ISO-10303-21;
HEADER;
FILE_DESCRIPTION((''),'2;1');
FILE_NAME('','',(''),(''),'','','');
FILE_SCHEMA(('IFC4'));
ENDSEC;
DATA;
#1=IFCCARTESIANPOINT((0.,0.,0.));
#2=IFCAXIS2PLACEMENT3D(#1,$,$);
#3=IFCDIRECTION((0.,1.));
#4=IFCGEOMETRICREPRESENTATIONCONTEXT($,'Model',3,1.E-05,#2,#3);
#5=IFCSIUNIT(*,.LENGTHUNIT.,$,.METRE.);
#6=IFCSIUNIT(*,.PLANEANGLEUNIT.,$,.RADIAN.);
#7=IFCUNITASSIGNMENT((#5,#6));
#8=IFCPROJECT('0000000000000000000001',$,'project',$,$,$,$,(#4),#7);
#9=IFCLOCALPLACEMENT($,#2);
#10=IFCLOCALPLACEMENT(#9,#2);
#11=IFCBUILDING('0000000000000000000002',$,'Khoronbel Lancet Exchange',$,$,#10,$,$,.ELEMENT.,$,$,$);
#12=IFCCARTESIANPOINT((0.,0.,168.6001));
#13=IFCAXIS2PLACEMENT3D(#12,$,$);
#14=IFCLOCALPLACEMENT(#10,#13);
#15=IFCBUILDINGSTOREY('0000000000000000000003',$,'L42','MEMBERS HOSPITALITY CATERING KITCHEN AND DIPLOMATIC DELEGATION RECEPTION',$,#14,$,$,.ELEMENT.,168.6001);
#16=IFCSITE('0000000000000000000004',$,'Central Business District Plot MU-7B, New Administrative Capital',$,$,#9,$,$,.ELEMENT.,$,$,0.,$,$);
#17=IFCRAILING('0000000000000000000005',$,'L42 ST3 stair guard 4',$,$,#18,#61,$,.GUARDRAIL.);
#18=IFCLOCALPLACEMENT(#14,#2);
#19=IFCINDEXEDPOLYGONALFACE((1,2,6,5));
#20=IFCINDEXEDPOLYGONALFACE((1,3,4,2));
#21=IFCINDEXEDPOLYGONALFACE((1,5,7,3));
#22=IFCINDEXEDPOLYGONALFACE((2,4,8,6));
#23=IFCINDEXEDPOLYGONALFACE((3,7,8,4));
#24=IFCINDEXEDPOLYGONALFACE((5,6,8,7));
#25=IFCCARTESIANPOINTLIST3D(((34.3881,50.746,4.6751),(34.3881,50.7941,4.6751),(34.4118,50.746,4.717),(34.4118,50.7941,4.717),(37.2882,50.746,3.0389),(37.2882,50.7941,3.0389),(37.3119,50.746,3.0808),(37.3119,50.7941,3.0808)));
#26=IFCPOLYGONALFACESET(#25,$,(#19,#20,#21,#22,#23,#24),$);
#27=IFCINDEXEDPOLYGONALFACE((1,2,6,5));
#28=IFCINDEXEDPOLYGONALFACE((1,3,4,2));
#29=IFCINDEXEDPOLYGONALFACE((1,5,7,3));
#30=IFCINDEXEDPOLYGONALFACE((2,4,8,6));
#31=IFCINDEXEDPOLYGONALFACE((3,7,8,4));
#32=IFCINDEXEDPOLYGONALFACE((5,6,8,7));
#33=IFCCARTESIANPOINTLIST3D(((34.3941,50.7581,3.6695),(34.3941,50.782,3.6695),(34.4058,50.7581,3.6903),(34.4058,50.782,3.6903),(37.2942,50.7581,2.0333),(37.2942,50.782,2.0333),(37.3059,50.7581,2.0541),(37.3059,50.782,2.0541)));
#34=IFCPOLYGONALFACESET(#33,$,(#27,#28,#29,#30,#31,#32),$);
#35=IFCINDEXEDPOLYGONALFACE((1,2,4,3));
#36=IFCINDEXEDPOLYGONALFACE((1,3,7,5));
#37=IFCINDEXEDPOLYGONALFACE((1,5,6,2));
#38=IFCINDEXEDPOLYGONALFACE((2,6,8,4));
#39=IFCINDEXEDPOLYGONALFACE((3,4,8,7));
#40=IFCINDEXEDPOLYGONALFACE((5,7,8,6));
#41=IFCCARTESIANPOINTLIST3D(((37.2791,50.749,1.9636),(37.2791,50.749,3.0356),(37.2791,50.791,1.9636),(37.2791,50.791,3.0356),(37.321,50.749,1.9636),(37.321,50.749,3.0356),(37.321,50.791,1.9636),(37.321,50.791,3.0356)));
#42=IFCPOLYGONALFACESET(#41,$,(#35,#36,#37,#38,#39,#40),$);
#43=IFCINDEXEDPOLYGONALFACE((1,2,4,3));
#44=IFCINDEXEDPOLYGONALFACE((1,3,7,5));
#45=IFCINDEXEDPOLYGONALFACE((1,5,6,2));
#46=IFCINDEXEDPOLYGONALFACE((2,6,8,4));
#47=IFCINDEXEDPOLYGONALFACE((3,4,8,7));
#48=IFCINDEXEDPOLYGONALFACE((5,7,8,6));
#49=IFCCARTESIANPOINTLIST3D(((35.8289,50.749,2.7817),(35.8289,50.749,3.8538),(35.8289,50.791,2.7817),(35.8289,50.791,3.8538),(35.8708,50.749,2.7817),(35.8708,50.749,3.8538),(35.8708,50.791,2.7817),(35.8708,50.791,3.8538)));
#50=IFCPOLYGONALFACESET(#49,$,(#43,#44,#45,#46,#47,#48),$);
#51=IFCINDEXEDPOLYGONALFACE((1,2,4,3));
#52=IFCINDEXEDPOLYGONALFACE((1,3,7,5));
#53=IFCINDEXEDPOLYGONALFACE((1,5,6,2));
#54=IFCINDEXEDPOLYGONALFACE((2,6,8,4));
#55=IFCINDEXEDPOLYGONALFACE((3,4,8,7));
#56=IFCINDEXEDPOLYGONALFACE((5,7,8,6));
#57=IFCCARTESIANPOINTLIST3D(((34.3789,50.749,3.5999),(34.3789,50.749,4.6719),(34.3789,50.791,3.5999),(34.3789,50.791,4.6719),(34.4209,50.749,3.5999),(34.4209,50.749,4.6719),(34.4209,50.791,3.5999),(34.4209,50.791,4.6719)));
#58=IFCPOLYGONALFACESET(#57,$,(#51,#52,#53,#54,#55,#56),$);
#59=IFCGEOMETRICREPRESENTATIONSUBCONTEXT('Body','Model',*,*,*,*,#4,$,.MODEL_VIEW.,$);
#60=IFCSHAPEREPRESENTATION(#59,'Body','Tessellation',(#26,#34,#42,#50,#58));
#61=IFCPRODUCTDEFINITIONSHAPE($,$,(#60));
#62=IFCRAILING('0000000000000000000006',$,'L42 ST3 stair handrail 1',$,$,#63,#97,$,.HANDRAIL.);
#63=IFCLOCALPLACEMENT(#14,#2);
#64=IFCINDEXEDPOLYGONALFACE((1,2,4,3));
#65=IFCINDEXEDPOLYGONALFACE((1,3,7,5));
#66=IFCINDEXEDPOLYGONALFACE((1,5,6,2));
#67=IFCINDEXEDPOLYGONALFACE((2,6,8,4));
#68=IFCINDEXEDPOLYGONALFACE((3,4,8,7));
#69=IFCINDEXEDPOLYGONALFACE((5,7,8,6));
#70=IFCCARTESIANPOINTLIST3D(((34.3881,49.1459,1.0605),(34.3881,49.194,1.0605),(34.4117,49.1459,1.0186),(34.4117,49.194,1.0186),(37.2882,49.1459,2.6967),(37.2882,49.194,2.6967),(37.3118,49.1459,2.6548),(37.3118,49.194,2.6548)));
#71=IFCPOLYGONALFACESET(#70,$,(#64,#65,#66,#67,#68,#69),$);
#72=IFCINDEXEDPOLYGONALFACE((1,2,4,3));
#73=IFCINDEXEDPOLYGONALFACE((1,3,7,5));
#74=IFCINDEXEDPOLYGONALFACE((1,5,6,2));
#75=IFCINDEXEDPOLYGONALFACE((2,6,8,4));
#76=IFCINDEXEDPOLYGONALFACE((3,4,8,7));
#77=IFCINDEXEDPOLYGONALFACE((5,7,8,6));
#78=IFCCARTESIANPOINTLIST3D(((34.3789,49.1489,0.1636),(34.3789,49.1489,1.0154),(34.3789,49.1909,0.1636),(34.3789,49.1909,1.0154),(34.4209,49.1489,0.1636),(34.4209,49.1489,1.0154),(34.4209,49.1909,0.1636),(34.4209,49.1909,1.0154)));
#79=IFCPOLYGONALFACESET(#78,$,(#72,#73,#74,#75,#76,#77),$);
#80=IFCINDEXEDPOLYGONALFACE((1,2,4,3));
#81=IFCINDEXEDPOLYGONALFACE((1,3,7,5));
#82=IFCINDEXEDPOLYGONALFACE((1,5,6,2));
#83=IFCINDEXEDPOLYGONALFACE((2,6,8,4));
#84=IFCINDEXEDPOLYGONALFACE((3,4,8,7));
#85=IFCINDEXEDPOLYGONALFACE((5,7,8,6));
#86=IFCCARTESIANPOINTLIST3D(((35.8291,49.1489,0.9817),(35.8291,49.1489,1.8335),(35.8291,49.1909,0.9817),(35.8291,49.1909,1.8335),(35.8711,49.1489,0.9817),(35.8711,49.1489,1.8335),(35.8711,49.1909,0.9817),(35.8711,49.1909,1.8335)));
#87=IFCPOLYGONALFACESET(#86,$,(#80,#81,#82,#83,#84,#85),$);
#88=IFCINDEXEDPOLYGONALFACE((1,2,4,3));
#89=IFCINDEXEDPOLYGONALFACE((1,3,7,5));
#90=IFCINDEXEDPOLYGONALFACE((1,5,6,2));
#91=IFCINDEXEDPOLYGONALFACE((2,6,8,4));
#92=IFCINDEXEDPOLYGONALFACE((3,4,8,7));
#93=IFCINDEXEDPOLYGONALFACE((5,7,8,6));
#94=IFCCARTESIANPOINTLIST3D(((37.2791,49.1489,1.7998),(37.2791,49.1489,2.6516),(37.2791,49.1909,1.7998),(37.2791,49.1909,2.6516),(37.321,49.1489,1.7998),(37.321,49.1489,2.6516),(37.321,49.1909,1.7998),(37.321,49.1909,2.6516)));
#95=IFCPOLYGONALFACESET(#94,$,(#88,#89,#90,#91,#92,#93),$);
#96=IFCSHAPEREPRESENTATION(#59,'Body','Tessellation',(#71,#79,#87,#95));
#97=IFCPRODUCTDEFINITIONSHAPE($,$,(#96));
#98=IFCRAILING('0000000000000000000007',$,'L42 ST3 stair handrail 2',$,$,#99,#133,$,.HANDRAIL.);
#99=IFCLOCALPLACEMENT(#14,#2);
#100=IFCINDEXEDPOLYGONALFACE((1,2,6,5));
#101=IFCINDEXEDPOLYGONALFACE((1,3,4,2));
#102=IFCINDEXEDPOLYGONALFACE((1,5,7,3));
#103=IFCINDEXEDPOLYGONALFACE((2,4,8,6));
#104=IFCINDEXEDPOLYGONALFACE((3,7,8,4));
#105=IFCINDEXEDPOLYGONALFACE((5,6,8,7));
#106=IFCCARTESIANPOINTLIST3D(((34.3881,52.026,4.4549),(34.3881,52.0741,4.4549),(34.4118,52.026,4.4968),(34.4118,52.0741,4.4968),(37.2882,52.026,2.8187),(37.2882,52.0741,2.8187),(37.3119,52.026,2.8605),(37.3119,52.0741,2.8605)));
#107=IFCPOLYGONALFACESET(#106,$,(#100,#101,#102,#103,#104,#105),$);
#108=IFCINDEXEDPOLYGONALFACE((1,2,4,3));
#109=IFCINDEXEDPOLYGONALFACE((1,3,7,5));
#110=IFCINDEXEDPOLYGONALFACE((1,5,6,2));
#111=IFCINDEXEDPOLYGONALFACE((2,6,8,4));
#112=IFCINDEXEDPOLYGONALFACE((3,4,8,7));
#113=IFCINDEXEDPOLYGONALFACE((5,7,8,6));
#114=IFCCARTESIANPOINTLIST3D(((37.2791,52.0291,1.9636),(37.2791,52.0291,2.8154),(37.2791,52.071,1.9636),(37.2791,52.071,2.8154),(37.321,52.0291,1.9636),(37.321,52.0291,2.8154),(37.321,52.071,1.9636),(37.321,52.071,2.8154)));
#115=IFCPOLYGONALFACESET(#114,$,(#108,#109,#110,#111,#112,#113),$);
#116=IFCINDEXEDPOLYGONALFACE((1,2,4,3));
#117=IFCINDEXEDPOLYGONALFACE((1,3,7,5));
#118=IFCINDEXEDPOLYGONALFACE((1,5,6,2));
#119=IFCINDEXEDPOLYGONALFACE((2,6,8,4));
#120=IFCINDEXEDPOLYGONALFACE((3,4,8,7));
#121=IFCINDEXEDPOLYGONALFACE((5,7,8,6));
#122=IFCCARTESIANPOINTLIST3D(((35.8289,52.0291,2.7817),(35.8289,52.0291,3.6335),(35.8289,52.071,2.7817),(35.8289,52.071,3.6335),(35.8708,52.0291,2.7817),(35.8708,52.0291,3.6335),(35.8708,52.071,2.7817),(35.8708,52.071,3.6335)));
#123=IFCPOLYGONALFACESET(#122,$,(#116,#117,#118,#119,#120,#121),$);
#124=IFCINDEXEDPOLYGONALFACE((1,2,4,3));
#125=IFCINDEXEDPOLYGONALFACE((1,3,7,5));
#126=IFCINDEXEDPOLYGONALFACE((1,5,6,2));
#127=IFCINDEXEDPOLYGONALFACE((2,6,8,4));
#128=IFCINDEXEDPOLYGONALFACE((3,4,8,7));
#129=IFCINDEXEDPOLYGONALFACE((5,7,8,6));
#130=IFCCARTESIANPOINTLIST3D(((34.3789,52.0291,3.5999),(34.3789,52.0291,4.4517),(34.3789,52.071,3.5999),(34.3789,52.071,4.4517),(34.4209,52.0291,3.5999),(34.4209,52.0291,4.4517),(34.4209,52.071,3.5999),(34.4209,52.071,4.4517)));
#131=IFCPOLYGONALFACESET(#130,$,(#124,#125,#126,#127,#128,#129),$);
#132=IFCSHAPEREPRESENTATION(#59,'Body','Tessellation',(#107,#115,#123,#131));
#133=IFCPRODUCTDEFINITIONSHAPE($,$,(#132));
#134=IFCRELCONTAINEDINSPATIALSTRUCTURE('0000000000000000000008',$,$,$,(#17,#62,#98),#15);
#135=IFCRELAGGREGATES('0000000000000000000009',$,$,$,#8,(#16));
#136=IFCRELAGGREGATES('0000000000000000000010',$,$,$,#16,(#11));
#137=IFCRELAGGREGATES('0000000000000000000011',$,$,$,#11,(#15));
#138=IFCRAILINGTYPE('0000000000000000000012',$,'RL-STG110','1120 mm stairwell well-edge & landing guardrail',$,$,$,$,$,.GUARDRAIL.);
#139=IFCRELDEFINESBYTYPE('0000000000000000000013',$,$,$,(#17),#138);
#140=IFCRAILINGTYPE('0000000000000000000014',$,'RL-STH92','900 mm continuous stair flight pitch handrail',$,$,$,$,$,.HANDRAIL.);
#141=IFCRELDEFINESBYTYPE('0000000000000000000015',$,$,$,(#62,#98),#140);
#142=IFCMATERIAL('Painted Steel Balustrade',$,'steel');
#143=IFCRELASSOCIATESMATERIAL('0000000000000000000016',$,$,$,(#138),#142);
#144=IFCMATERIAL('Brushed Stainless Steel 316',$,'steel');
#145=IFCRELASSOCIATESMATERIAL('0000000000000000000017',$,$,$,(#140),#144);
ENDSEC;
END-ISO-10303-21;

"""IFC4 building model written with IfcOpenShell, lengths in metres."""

from ifc_helpers import new_model, si_unit, direction, frame, origin, origin_2d, place, context, subcontext, project, spatial, rectangle, extrude, material, type_object, element, save


model = new_model("IFC4")

# Units and contexts
model_context = context("Model", 3, precision=1e-05, world=origin(), true_north=direction((0.0, 1.0)))
body_context = subcontext(model_context, "Body", "Model", "MODEL_VIEW")
ifc_project = project(units=[si_unit("LENGTHUNIT", "METRE"), si_unit("PLANEANGLEUNIT", "RADIAN")], contexts=[model_context])

# Site, building, storey
site_placement = place(None, origin())
site = spatial("IfcSite", under=ifc_project, at=site_placement, Name="Central Business District Plot MU-7B, New Administrative Capital", CompositionType="ELEMENT", RefElevation=0.0)
building_placement = place(site_placement, origin())
building = spatial("IfcBuilding", under=site, at=building_placement, Name="Khoronbel Lancet Exchange", CompositionType="ELEMENT")
storey_placement = place(building_placement, frame((0.0, 0.0, 168.6001)))
storey = spatial("IfcBuildingStorey", under=building, at=storey_placement, Name="L42", Description="MEMBERS HOSPITALITY CATERING KITCHEN AND DIPLOMATIC DELEGATION RECEPTION", CompositionType="ELEMENT", Elevation=168.6001)

# Railings
ifc_material_1 = material(Name="Painted Steel Balustrade", Category="steel")
railing_type_1 = type_object("IfcRailingType", Name="RL-STG110", Description="1120 mm stairwell well-edge & landing guardrail", PredefinedType="GUARDRAIL", material=ifc_material_1)
railing_1_placement = place(storey_placement, frame((37.3, 50.77, 1.9636)))
element("IfcRailing", 1, at=railing_1_placement, inside=storey, type_object=railing_type_1, Name="L42 ST3 stair guard 4", PredefinedType="GUARDRAIL", context=body_context, shape_type="SweptSolid", body=[
    extrude(rectangle(XDim=0.0481, YDim=0.0481, at=origin_2d()), frame((0.0, 0.0, 1.0962), z_axis=(-0.870946, 0.0, 0.491378), x_axis=(0.0, -1.0, 0.0)), (0.0, 0.0, 1.0), 3.3298),
    extrude(rectangle(XDim=0.0239, YDim=0.0239, at=origin_2d()), frame((0.0, 0.0, 0.0801), z_axis=(-0.870946, 0.0, 0.491378), x_axis=(0.0, -1.0, 0.0)), (0.0, 0.0, 1.0), 3.3298),
    extrude(rectangle(XDim=0.042, YDim=0.042, at=origin_2d()), origin(), (0.0, 0.0, 1.0), 1.072),
    extrude(rectangle(XDim=0.042, YDim=0.042, at=origin_2d()), frame((-1.4502, 0.0, 0.8181)), (0.0, 0.0, 1.0), 1.072),
    extrude(rectangle(XDim=0.042, YDim=0.042, at=origin_2d()), frame((-2.9001, 0.0, 1.6362)), (0.0, 0.0, 1.0), 1.072),
])
ifc_material_2 = material(Name="Brushed Stainless Steel 316", Category="steel")
railing_type_2 = type_object("IfcRailingType", Name="RL-STH92", Description="900 mm continuous stair flight pitch handrail", PredefinedType="HANDRAIL", material=ifc_material_2)
railing_2_placement = place(storey_placement, frame((34.3999, 49.1699, 0.1636)))
element("IfcRailing", 2, at=railing_2_placement, inside=storey, type_object=railing_type_2, Name="L42 ST3 stair handrail 1", PredefinedType="HANDRAIL", context=body_context, shape_type="SweptSolid", body=[
    extrude(rectangle(XDim=0.0481, YDim=0.0481, at=origin_2d()), frame((0.0, 0.0, 0.876), z_axis=(0.870946, 0.0, 0.491378), x_axis=(0.0, 1.0, 0.0)), (0.0, 0.0, 1.0), 3.3298),
    extrude(rectangle(XDim=0.042, YDim=0.042, at=origin_2d()), origin(), (0.0, 0.0, 1.0), 0.8518),
    extrude(rectangle(XDim=0.042, YDim=0.042, at=origin_2d()), frame((1.4502, 0.0, 0.8181)), (0.0, 0.0, 1.0), 0.8518),
    extrude(rectangle(XDim=0.042, YDim=0.042, at=origin_2d()), frame((2.9001, 0.0, 1.6362)), (0.0, 0.0, 1.0), 0.8518),
])
railing_3_placement = place(storey_placement, frame((37.3, 52.05, 1.9636)))
element("IfcRailing", 3, at=railing_3_placement, inside=storey, type_object=railing_type_2, Name="L42 ST3 stair handrail 2", PredefinedType="HANDRAIL", context=body_context, shape_type="SweptSolid", body=[
    extrude(rectangle(XDim=0.0481, YDim=0.0481, at=origin_2d()), frame((0.0, 0.0, 0.876), z_axis=(-0.870946, 0.0, 0.491378), x_axis=(0.0, -1.0, 0.0)), (0.0, 0.0, 1.0), 3.3298),
    extrude(rectangle(XDim=0.042, YDim=0.042, at=origin_2d()), origin(), (0.0, 0.0, 1.0), 0.8518),
    extrude(rectangle(XDim=0.042, YDim=0.042, at=origin_2d()), frame((-1.4502, 0.0, 0.8181)), (0.0, 0.0, 1.0), 0.8518),
    extrude(rectangle(XDim=0.042, YDim=0.042, at=origin_2d()), frame((-2.9001, 0.0, 1.6362)), (0.0, 0.0, 1.0), 0.8518),
])

save(model, "model.ifc")
